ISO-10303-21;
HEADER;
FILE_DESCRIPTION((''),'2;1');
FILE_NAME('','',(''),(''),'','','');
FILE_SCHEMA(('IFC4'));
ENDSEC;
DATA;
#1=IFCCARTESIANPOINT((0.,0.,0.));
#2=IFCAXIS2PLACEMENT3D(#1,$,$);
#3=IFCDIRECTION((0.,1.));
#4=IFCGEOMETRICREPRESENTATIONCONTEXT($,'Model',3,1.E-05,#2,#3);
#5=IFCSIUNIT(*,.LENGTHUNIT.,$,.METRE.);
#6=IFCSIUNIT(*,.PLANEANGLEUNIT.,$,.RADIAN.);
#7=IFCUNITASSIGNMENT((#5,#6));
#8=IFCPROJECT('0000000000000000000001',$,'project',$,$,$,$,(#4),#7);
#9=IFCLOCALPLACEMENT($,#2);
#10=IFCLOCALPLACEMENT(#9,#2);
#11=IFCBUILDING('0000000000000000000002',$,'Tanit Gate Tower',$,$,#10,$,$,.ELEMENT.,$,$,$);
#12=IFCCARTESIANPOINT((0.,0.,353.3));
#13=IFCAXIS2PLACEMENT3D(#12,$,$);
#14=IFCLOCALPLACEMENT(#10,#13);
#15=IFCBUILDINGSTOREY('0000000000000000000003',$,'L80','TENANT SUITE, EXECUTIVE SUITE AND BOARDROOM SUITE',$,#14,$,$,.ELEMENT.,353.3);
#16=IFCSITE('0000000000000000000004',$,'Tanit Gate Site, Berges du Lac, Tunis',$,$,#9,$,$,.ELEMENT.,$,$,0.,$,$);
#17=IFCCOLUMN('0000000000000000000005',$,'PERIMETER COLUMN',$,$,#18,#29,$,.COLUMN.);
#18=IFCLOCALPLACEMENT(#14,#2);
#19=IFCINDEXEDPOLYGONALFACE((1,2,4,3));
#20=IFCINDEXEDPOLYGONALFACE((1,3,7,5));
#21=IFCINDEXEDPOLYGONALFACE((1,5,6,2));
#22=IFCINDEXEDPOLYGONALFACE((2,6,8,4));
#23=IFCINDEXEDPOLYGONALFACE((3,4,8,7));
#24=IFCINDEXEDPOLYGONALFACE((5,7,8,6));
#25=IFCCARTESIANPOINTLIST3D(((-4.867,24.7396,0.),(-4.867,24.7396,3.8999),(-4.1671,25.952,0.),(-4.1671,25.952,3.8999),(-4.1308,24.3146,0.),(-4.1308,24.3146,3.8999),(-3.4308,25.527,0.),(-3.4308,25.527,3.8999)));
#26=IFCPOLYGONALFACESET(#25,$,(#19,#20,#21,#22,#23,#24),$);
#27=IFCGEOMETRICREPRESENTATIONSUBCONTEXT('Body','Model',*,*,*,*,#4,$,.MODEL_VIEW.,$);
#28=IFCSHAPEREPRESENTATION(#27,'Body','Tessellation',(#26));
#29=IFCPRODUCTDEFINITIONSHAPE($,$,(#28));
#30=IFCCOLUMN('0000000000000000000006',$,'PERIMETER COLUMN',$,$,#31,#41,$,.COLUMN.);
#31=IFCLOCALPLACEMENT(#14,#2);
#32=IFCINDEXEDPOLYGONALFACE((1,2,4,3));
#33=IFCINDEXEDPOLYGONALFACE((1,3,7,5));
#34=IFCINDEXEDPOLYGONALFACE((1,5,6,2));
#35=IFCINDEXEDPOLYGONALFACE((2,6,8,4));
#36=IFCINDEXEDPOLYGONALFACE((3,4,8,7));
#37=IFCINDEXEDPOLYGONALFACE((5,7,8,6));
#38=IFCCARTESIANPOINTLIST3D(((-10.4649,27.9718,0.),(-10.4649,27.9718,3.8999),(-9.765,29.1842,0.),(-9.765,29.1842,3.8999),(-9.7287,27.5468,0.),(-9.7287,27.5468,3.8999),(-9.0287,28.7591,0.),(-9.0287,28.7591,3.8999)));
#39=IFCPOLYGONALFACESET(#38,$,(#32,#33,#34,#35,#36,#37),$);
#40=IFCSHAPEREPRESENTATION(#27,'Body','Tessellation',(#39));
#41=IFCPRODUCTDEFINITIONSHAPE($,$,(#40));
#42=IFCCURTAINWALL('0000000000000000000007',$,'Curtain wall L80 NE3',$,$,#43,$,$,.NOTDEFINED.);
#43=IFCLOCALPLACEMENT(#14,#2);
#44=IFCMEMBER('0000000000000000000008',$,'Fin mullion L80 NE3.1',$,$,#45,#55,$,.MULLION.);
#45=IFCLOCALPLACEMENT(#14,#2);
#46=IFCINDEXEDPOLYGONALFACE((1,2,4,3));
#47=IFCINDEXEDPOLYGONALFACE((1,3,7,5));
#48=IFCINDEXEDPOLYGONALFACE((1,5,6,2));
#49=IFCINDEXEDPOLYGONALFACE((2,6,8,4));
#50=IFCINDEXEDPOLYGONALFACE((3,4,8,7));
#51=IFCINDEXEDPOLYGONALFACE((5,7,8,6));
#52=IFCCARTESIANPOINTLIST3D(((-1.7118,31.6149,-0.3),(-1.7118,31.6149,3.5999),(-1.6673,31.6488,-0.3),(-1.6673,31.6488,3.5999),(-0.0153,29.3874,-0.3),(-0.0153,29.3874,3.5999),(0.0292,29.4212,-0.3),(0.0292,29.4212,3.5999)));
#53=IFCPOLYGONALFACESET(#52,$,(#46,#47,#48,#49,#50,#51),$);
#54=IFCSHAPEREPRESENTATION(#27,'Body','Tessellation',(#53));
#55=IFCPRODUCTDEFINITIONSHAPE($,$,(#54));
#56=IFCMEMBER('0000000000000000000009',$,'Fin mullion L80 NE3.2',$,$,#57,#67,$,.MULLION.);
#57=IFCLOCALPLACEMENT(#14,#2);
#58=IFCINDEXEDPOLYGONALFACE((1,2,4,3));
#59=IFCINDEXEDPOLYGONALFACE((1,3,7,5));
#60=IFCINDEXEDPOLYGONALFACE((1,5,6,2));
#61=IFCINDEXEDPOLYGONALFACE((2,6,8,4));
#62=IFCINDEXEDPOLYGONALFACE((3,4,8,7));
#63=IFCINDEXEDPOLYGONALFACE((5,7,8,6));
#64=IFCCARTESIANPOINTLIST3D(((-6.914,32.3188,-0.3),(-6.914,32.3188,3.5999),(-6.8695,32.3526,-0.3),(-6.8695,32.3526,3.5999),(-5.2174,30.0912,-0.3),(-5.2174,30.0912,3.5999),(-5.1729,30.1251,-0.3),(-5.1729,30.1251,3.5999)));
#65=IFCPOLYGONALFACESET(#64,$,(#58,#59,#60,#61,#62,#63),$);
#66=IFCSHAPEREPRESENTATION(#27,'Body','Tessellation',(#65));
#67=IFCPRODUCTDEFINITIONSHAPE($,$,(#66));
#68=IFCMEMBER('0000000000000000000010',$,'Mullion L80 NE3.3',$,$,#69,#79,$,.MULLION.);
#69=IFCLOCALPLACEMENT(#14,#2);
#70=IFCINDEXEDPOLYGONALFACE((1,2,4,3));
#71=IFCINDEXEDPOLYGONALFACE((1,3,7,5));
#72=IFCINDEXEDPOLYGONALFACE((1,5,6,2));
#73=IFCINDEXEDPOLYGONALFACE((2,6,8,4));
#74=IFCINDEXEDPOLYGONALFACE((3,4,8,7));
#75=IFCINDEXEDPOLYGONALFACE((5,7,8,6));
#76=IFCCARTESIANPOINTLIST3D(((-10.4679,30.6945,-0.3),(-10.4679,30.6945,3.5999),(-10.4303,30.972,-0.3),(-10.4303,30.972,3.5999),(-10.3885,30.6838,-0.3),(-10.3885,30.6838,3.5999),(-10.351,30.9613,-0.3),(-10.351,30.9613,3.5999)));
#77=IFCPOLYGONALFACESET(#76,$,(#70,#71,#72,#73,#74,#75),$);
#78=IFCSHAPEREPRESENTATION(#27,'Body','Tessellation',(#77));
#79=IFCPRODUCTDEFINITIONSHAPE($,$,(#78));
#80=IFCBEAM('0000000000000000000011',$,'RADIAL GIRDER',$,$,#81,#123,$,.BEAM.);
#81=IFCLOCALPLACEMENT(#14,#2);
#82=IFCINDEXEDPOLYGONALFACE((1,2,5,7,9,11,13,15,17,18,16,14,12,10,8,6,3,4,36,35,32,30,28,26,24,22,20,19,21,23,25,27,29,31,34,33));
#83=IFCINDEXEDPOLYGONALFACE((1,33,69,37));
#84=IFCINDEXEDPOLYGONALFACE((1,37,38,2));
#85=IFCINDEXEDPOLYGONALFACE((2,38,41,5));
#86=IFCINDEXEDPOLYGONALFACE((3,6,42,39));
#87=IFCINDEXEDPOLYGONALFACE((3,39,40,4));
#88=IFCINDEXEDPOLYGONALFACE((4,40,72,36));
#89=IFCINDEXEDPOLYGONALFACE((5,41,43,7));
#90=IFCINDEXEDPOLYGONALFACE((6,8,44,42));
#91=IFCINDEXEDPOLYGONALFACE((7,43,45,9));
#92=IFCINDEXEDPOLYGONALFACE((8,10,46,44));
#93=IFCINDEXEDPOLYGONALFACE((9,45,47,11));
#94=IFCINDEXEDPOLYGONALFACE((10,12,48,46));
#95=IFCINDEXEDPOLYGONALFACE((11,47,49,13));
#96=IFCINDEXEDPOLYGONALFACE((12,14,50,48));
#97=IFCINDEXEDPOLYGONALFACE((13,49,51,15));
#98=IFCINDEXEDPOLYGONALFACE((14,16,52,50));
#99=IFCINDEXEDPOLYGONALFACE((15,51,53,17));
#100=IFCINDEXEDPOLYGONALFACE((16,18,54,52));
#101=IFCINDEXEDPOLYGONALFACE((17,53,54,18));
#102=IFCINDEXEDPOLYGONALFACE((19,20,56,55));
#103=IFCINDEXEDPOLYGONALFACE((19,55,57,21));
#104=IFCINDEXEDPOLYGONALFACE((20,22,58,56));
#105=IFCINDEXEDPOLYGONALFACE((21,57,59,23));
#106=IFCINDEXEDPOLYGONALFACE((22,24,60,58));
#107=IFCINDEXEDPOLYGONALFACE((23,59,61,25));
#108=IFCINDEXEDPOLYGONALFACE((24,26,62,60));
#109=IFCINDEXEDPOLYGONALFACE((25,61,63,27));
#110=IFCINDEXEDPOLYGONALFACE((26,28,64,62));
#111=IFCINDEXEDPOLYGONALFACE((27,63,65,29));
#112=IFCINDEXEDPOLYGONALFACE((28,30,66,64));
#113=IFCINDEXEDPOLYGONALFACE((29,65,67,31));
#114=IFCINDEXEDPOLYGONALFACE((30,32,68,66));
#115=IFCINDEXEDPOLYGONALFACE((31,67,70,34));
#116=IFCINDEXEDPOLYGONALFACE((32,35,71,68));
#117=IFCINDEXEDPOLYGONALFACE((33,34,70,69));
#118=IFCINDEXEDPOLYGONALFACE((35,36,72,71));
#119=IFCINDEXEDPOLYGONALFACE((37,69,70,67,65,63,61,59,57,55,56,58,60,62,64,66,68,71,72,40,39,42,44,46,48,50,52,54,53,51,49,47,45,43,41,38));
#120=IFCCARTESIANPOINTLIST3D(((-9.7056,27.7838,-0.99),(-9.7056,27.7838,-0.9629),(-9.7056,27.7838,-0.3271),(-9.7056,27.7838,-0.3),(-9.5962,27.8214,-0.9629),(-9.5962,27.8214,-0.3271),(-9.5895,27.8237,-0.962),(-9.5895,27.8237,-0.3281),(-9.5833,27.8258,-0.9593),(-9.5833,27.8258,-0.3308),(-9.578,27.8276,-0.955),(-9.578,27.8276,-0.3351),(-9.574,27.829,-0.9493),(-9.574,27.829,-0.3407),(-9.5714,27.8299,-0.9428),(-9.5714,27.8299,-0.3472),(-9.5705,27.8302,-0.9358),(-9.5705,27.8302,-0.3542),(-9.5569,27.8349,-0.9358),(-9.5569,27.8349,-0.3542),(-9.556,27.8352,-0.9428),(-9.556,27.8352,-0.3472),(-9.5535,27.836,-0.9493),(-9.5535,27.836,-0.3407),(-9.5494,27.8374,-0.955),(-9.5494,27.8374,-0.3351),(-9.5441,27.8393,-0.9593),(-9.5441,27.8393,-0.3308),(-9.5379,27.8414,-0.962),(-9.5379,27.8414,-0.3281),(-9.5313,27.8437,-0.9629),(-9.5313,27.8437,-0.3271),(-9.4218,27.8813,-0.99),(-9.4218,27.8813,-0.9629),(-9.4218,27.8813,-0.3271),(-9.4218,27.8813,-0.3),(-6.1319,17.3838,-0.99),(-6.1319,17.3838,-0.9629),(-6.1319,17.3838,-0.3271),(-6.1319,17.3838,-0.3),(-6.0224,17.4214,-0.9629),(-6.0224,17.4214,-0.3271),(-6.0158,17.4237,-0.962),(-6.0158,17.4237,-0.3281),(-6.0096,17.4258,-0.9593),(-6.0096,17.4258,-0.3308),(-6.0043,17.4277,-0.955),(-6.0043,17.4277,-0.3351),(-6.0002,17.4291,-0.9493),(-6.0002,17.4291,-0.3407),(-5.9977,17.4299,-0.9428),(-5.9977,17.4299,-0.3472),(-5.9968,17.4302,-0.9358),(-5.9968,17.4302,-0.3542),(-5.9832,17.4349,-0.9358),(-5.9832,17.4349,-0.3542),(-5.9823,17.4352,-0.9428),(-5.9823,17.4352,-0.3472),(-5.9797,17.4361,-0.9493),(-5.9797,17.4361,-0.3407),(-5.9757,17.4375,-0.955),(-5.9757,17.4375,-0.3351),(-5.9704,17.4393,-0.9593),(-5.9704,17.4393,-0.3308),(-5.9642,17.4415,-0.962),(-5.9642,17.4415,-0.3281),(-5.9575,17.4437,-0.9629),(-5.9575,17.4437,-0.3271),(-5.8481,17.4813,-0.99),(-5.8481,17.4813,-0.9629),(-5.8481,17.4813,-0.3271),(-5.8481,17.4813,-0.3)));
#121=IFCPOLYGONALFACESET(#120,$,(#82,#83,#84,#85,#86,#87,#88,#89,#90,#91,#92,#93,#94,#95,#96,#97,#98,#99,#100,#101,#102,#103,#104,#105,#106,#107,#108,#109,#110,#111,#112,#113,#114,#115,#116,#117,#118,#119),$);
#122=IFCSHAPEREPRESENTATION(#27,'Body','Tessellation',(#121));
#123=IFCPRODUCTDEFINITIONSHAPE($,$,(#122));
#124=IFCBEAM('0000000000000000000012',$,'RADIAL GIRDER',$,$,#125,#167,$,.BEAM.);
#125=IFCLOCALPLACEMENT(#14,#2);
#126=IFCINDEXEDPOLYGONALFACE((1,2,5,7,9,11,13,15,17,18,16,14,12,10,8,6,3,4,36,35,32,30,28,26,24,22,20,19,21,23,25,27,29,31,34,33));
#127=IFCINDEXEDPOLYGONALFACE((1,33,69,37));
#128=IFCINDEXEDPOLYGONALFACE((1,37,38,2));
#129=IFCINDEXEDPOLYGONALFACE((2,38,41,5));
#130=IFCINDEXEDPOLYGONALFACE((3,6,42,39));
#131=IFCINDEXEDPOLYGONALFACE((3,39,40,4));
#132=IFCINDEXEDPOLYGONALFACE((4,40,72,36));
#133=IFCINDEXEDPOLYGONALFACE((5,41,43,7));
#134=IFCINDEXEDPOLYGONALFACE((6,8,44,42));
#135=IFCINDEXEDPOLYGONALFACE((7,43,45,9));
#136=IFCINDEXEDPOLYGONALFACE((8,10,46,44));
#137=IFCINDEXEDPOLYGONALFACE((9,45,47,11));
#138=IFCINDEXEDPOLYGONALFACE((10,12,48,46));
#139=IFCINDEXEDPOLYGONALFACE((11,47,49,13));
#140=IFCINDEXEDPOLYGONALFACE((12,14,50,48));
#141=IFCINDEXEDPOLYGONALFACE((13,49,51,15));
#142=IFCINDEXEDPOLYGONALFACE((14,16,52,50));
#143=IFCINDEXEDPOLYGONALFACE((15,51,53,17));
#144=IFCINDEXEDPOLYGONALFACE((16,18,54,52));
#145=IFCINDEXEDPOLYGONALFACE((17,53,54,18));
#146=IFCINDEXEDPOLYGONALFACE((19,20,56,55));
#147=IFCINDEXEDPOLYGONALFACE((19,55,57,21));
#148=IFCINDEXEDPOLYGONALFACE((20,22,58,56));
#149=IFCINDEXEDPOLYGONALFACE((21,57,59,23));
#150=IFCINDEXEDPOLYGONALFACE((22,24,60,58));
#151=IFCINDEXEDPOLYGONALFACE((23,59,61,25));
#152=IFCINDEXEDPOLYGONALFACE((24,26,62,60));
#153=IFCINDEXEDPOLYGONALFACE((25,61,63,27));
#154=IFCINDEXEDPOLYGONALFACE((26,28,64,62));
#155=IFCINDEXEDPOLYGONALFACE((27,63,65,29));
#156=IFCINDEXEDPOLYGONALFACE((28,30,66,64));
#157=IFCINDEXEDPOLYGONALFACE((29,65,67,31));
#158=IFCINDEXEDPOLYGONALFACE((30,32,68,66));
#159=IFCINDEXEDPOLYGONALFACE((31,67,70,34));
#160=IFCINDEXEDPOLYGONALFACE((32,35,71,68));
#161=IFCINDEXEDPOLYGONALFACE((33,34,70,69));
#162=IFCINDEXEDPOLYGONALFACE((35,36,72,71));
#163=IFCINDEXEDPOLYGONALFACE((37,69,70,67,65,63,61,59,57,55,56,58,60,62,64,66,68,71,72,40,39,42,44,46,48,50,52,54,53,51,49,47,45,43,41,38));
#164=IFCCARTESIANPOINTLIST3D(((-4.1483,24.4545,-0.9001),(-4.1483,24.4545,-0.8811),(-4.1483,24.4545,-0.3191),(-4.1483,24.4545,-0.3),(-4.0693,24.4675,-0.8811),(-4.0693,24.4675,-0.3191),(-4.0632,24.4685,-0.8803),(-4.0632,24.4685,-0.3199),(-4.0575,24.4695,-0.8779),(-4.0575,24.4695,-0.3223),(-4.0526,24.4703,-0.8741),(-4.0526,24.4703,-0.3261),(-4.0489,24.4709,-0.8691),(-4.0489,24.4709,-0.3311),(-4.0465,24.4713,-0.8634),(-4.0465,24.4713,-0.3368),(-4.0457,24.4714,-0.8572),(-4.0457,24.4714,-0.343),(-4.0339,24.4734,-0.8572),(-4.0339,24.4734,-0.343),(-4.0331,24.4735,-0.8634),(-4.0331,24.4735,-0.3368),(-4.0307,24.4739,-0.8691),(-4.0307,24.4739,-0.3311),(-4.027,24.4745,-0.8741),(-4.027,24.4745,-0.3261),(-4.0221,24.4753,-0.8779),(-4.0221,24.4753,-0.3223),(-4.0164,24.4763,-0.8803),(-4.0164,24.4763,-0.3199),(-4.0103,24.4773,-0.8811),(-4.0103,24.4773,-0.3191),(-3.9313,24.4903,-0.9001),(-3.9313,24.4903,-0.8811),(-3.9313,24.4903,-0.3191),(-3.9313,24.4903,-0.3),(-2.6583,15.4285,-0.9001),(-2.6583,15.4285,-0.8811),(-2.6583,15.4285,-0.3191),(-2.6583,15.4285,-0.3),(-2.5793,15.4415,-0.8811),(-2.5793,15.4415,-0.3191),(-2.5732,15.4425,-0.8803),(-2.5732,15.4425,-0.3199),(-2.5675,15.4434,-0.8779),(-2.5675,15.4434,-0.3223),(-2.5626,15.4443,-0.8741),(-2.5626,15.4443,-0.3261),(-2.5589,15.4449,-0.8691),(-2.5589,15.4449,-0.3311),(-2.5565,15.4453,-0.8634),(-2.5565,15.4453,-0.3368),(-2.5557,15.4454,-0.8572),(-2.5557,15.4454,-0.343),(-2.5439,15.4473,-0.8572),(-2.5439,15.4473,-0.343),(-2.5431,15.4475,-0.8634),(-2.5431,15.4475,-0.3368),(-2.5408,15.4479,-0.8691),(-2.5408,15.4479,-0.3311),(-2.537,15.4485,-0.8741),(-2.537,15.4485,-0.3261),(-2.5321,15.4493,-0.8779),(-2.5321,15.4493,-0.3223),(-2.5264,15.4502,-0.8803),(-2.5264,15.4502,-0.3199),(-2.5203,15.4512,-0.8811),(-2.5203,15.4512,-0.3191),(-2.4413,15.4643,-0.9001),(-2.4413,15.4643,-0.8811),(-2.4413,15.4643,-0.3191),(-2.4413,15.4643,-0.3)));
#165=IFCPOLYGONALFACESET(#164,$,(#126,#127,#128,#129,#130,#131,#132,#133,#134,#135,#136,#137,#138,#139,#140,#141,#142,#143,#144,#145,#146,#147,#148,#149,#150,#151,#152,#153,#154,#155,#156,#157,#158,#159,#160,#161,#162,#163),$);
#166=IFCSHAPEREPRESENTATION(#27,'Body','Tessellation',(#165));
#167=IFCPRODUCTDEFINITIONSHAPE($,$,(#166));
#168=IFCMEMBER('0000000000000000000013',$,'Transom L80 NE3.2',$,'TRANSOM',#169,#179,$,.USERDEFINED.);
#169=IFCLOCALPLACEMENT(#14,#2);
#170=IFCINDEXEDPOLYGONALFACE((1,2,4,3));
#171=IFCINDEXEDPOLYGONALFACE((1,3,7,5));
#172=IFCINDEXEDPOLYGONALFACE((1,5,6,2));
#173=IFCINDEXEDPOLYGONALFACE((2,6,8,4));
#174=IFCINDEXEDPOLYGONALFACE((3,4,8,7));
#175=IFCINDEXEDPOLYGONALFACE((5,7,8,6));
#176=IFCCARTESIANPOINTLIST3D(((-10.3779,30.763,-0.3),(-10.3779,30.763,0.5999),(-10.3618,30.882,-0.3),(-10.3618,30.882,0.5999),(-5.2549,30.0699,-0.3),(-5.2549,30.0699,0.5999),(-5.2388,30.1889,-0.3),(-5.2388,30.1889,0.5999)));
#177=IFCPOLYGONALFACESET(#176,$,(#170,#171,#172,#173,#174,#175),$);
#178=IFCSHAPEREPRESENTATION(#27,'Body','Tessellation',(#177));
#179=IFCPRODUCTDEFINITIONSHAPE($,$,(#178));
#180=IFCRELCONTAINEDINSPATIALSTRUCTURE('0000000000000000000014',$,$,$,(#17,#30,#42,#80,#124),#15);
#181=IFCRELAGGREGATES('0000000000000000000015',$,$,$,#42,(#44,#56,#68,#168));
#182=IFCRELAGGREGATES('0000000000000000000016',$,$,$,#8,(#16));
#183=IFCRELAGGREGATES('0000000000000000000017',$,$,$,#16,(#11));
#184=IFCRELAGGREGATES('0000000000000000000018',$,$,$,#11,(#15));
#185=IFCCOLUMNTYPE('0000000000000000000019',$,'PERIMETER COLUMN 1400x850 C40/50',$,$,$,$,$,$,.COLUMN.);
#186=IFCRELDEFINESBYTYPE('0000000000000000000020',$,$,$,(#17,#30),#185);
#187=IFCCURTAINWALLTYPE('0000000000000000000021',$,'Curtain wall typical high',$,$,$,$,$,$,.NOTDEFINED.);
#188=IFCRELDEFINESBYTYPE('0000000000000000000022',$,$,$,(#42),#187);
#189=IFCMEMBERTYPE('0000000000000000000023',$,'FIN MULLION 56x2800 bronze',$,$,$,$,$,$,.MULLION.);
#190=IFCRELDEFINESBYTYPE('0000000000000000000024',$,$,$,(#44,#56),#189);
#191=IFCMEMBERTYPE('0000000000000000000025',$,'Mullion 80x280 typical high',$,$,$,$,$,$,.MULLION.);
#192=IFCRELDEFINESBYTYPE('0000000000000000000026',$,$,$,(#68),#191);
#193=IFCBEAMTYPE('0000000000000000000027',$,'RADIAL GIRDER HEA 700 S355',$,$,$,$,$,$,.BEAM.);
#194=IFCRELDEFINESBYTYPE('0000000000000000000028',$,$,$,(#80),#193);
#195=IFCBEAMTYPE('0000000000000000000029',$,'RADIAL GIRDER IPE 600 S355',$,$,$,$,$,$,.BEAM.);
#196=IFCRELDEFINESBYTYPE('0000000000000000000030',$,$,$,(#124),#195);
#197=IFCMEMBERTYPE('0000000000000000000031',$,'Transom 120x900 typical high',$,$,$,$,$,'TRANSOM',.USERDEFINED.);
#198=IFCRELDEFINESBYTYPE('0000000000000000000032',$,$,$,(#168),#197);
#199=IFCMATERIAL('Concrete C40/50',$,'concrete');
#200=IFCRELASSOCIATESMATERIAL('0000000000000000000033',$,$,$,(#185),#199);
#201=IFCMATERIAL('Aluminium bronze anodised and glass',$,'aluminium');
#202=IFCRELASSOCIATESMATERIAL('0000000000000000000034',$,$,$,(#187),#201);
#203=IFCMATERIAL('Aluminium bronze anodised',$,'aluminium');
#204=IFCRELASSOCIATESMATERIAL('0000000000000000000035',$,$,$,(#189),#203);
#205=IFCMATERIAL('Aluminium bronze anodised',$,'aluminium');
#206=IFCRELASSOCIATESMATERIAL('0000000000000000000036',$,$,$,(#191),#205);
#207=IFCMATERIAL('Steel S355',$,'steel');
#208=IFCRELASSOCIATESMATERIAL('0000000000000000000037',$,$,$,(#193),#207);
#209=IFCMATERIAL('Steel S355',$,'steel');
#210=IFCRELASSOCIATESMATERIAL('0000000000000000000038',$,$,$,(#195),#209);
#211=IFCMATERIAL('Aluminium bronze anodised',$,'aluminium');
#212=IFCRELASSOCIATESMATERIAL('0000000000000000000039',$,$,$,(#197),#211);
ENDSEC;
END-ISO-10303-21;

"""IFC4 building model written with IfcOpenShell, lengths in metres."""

from ifc_helpers import new_model, si_unit, direction, frame, origin, origin_2d, place, context, subcontext, project, spatial, rectangle, i_section, extrude, material, material_profile, profile_set, type_object, element, aggregate, save


model = new_model("IFC4")

# Units and contexts
model_context = context("Model", 3, precision=1e-05, world=origin(), true_north=direction((0.0, 1.0)))
body_context = subcontext(model_context, "Body", "Model", "MODEL_VIEW")
ifc_project = project(units=[si_unit("LENGTHUNIT", "METRE"), si_unit("PLANEANGLEUNIT", "RADIAN")], contexts=[model_context])

# Site, building, storey
site_placement = place(None, origin())
site = spatial("IfcSite", under=ifc_project, at=site_placement, Name="Tanit Gate Site, Berges du Lac, Tunis", CompositionType="ELEMENT", RefElevation=0.0)
building_placement = place(site_placement, origin())
building = spatial("IfcBuilding", under=site, at=building_placement, Name="Tanit Gate Tower", CompositionType="ELEMENT")
storey_placement = place(building_placement, frame((0.0, 0.0, 353.3)))
storey = spatial("IfcBuildingStorey", under=building, at=storey_placement, Name="L80", Description="TENANT SUITE, EXECUTIVE SUITE AND BOARDROOM SUITE", CompositionType="ELEMENT", Elevation=353.3)

# Columns
ifc_material_1 = material(Name="Concrete C40/50", Category="concrete")
ifc_material_profile_1 = material_profile(ifc_material_1, rectangle(XDim=1.3999, YDim=0.8501, at=origin_2d()), Name="RC 1400x850")
ifc_profile_set_1 = profile_set([ifc_material_profile_1], Name="Concrete C40/50")
column_type = type_object("IfcColumnType", Name="PERIMETER COLUMN 1400x850 C40/50", PredefinedType="COLUMN", material=ifc_profile_set_1)
for number, where, z_axis, x_axis, name in (
    (1, (-4.1489, 25.1333, 0.0), (0.0, 0.0, 1.0), (0.5, 0.866025, 0.0), "PERIMETER COLUMN"),
    (2, (-9.7468, 28.3655, 0.0), (0.0, 0.0, 1.0), (0.5, 0.866025, 0.0), "PERIMETER COLUMN"),
):
    element("IfcColumn", number, at=place(storey_placement, frame(where, z_axis=z_axis, x_axis=x_axis)), inside=storey, type_object=column_type, Name=name, PredefinedType="COLUMN", context=body_context, shape_type="SweptSolid", body=[
        extrude(rectangle(XDim=1.3999, YDim=0.8501, at=origin_2d()), origin(), (0.0, 0.0, 1.0), 3.8999),
    ])

# Curtain wall, members
ifc_material_2 = material(Name="Aluminium bronze anodised and glass", Category="aluminium")
curtain_wall_type = type_object("IfcCurtainWallType", Name="Curtain wall typical high", PredefinedType="NOTDEFINED", material=ifc_material_2)
curtain_wall_placement = place(storey_placement, origin())
curtain_wall = element("IfcCurtainWall", 3, at=curtain_wall_placement, inside=storey, type_object=curtain_wall_type, Name="Curtain wall L80 NE3", PredefinedType="NOTDEFINED")
ifc_material_3 = material(Name="Aluminium bronze anodised", Category="aluminium")
ifc_material_profile_2 = material_profile(ifc_material_3, rectangle(XDim=2.8, YDim=0.0559, at=origin_2d()), Name="56x2800 bronze fin mullion")
ifc_profile_set_2 = profile_set([ifc_material_profile_2], Name="Aluminium bronze anodised")
member_type_1 = type_object("IfcMemberType", Name="FIN MULLION 56x2800 bronze", PredefinedType="MULLION", material=ifc_profile_set_2)
member_1_placement = place(storey_placement, frame((-0.8413, 30.5181, -0.3), z_axis=(0.0, 0.0, 1.0), x_axis=(0.605901, -0.79554, 0.0)))
member_1 = element("IfcMember", 4, at=member_1_placement, type_object=member_type_1, Name="Fin mullion L80 NE3.1", PredefinedType="MULLION", context=body_context, shape_type="SweptSolid", body=[
    extrude(rectangle(XDim=2.8, YDim=0.0559, at=origin_2d()), origin(), (0.0, 0.0, 1.0), 3.8999),
])
member_2_placement = place(storey_placement, frame((-6.0435, 31.2219, -0.3), z_axis=(0.0, 0.0, 1.0), x_axis=(0.605901, -0.79554, 0.0)))
member_2 = element("IfcMember", 5, at=member_2_placement, type_object=member_type_1, Name="Fin mullion L80 NE3.2", PredefinedType="MULLION", context=body_context, shape_type="SweptSolid", body=[
    extrude(rectangle(XDim=2.8, YDim=0.0559, at=origin_2d()), origin(), (0.0, 0.0, 1.0), 3.8999),
])
ifc_material_4 = material(Name="Aluminium bronze anodised", Category="aluminium")
ifc_material_profile_3 = material_profile(ifc_material_4, rectangle(XDim=0.28, YDim=0.0801, at=origin_2d()), Name="80x280 bronze mullion")
ifc_profile_set_3 = profile_set([ifc_material_profile_3], Name="Aluminium bronze anodised")
member_type_2 = type_object("IfcMemberType", Name="Mullion 80x280 typical high", PredefinedType="MULLION", material=ifc_profile_set_3)
member_3_placement = place(storey_placement, frame((-10.4094, 30.8279, -0.3), z_axis=(0.0, 0.0, 1.0), x_axis=(-0.134094, -0.990969, 0.0)))
member_3 = element("IfcMember", 6, at=member_3_placement, type_object=member_type_2, Name="Mullion L80 NE3.3", PredefinedType="MULLION", context=body_context, shape_type="SweptSolid", body=[
    extrude(rectangle(XDim=0.28, YDim=0.0801, at=origin_2d()), origin(), (0.0, 0.0, 1.0), 3.8999),
])

# Beams
ifc_material_5 = material(Name="Steel S355", Category="steel")
ifc_material_profile_4 = material_profile(ifc_material_5, i_section(OverallWidth=0.3, OverallDepth=0.6899, WebThickness=0.0144, FlangeThickness=0.0271, FilletRadius=0.0271, at=origin_2d()), Name="HEA 700")
ifc_profile_set_4 = profile_set([ifc_material_profile_4], Name="Steel S355")
beam_type_1 = type_object("IfcBeamType", Name="RADIAL GIRDER HEA 700 S355", PredefinedType="BEAM", material=ifc_profile_set_4)
beam_1_placement = place(storey_placement, frame((-9.5637, 27.8325, -0.645), z_axis=(0.324979, -0.945721, 0.0), x_axis=(0.945721, 0.324979, 0.0)))
element("IfcBeam", 7, at=beam_1_placement, inside=storey, type_object=beam_type_1, Name="RADIAL GIRDER", PredefinedType="BEAM", context=body_context, shape_type="SweptSolid", body=[
    extrude(i_section(OverallWidth=0.3, OverallDepth=0.6899, WebThickness=0.0144, FlangeThickness=0.0271, FilletRadius=0.0271, at=origin_2d()), origin(), (0.0, 0.0, 1.0), 10.9968),
])
ifc_material_6 = material(Name="Steel S355", Category="steel")
ifc_material_profile_5 = material_profile(ifc_material_6, i_section(OverallWidth=0.22, OverallDepth=0.6001, WebThickness=0.012, FlangeThickness=0.019, FilletRadius=0.0239, at=origin_2d()), Name="IPE 600")
ifc_profile_set_5 = profile_set([ifc_material_profile_5], Name="Steel S355")
beam_type_2 = type_object("IfcBeamType", Name="RADIAL GIRDER IPE 600 S355", PredefinedType="BEAM", material=ifc_profile_set_5)
beam_2_placement = place(storey_placement, frame((-4.0398, 24.4724, -0.6001), z_axis=(0.162871, -0.986647, 0.0), x_axis=(0.986647, 0.162871, 0.0)))
element("IfcBeam", 8, at=beam_2_placement, inside=storey, type_object=beam_type_2, Name="RADIAL GIRDER", PredefinedType="BEAM", context=body_context, shape_type="SweptSolid", body=[
    extrude(i_section(OverallWidth=0.22, OverallDepth=0.6001, WebThickness=0.012, FlangeThickness=0.019, FilletRadius=0.0239, at=origin_2d()), origin(), (0.0, 0.0, 1.0), 9.1482),
])

# Member
ifc_material_7 = material(Name="Aluminium bronze anodised", Category="aluminium")
ifc_material_profile_6 = material_profile(ifc_material_7, rectangle(XDim=0.1201, YDim=0.8999, at=origin_2d()), Name="120x900 bronze transom")
ifc_profile_set_6 = profile_set([ifc_material_profile_6], Name="Aluminium bronze anodised")
member_type_3 = type_object("IfcMemberType", Name="Transom 120x900 typical high", ElementType="TRANSOM", PredefinedType="USERDEFINED", material=ifc_profile_set_6)
member_4_placement = place(storey_placement, frame((-5.2468, 30.1294, 0.1499), z_axis=(-0.990972, 0.134072, 0.0), x_axis=(-0.134072, -0.990972, 0.0)))
member_4 = element("IfcMember", 9, at=member_4_placement, type_object=member_type_3, Name="Transom L80 NE3.2", ObjectType="TRANSOM", PredefinedType="USERDEFINED", context=body_context, shape_type="SweptSolid", body=[
    extrude(rectangle(XDim=0.1201, YDim=0.8999, at=origin_2d()), origin(), (0.0, 0.0, 1.0), 5.1697),
])

aggregate(curtain_wall, [member_1, member_2, member_3, member_4])

save(model, "model.ifc")
